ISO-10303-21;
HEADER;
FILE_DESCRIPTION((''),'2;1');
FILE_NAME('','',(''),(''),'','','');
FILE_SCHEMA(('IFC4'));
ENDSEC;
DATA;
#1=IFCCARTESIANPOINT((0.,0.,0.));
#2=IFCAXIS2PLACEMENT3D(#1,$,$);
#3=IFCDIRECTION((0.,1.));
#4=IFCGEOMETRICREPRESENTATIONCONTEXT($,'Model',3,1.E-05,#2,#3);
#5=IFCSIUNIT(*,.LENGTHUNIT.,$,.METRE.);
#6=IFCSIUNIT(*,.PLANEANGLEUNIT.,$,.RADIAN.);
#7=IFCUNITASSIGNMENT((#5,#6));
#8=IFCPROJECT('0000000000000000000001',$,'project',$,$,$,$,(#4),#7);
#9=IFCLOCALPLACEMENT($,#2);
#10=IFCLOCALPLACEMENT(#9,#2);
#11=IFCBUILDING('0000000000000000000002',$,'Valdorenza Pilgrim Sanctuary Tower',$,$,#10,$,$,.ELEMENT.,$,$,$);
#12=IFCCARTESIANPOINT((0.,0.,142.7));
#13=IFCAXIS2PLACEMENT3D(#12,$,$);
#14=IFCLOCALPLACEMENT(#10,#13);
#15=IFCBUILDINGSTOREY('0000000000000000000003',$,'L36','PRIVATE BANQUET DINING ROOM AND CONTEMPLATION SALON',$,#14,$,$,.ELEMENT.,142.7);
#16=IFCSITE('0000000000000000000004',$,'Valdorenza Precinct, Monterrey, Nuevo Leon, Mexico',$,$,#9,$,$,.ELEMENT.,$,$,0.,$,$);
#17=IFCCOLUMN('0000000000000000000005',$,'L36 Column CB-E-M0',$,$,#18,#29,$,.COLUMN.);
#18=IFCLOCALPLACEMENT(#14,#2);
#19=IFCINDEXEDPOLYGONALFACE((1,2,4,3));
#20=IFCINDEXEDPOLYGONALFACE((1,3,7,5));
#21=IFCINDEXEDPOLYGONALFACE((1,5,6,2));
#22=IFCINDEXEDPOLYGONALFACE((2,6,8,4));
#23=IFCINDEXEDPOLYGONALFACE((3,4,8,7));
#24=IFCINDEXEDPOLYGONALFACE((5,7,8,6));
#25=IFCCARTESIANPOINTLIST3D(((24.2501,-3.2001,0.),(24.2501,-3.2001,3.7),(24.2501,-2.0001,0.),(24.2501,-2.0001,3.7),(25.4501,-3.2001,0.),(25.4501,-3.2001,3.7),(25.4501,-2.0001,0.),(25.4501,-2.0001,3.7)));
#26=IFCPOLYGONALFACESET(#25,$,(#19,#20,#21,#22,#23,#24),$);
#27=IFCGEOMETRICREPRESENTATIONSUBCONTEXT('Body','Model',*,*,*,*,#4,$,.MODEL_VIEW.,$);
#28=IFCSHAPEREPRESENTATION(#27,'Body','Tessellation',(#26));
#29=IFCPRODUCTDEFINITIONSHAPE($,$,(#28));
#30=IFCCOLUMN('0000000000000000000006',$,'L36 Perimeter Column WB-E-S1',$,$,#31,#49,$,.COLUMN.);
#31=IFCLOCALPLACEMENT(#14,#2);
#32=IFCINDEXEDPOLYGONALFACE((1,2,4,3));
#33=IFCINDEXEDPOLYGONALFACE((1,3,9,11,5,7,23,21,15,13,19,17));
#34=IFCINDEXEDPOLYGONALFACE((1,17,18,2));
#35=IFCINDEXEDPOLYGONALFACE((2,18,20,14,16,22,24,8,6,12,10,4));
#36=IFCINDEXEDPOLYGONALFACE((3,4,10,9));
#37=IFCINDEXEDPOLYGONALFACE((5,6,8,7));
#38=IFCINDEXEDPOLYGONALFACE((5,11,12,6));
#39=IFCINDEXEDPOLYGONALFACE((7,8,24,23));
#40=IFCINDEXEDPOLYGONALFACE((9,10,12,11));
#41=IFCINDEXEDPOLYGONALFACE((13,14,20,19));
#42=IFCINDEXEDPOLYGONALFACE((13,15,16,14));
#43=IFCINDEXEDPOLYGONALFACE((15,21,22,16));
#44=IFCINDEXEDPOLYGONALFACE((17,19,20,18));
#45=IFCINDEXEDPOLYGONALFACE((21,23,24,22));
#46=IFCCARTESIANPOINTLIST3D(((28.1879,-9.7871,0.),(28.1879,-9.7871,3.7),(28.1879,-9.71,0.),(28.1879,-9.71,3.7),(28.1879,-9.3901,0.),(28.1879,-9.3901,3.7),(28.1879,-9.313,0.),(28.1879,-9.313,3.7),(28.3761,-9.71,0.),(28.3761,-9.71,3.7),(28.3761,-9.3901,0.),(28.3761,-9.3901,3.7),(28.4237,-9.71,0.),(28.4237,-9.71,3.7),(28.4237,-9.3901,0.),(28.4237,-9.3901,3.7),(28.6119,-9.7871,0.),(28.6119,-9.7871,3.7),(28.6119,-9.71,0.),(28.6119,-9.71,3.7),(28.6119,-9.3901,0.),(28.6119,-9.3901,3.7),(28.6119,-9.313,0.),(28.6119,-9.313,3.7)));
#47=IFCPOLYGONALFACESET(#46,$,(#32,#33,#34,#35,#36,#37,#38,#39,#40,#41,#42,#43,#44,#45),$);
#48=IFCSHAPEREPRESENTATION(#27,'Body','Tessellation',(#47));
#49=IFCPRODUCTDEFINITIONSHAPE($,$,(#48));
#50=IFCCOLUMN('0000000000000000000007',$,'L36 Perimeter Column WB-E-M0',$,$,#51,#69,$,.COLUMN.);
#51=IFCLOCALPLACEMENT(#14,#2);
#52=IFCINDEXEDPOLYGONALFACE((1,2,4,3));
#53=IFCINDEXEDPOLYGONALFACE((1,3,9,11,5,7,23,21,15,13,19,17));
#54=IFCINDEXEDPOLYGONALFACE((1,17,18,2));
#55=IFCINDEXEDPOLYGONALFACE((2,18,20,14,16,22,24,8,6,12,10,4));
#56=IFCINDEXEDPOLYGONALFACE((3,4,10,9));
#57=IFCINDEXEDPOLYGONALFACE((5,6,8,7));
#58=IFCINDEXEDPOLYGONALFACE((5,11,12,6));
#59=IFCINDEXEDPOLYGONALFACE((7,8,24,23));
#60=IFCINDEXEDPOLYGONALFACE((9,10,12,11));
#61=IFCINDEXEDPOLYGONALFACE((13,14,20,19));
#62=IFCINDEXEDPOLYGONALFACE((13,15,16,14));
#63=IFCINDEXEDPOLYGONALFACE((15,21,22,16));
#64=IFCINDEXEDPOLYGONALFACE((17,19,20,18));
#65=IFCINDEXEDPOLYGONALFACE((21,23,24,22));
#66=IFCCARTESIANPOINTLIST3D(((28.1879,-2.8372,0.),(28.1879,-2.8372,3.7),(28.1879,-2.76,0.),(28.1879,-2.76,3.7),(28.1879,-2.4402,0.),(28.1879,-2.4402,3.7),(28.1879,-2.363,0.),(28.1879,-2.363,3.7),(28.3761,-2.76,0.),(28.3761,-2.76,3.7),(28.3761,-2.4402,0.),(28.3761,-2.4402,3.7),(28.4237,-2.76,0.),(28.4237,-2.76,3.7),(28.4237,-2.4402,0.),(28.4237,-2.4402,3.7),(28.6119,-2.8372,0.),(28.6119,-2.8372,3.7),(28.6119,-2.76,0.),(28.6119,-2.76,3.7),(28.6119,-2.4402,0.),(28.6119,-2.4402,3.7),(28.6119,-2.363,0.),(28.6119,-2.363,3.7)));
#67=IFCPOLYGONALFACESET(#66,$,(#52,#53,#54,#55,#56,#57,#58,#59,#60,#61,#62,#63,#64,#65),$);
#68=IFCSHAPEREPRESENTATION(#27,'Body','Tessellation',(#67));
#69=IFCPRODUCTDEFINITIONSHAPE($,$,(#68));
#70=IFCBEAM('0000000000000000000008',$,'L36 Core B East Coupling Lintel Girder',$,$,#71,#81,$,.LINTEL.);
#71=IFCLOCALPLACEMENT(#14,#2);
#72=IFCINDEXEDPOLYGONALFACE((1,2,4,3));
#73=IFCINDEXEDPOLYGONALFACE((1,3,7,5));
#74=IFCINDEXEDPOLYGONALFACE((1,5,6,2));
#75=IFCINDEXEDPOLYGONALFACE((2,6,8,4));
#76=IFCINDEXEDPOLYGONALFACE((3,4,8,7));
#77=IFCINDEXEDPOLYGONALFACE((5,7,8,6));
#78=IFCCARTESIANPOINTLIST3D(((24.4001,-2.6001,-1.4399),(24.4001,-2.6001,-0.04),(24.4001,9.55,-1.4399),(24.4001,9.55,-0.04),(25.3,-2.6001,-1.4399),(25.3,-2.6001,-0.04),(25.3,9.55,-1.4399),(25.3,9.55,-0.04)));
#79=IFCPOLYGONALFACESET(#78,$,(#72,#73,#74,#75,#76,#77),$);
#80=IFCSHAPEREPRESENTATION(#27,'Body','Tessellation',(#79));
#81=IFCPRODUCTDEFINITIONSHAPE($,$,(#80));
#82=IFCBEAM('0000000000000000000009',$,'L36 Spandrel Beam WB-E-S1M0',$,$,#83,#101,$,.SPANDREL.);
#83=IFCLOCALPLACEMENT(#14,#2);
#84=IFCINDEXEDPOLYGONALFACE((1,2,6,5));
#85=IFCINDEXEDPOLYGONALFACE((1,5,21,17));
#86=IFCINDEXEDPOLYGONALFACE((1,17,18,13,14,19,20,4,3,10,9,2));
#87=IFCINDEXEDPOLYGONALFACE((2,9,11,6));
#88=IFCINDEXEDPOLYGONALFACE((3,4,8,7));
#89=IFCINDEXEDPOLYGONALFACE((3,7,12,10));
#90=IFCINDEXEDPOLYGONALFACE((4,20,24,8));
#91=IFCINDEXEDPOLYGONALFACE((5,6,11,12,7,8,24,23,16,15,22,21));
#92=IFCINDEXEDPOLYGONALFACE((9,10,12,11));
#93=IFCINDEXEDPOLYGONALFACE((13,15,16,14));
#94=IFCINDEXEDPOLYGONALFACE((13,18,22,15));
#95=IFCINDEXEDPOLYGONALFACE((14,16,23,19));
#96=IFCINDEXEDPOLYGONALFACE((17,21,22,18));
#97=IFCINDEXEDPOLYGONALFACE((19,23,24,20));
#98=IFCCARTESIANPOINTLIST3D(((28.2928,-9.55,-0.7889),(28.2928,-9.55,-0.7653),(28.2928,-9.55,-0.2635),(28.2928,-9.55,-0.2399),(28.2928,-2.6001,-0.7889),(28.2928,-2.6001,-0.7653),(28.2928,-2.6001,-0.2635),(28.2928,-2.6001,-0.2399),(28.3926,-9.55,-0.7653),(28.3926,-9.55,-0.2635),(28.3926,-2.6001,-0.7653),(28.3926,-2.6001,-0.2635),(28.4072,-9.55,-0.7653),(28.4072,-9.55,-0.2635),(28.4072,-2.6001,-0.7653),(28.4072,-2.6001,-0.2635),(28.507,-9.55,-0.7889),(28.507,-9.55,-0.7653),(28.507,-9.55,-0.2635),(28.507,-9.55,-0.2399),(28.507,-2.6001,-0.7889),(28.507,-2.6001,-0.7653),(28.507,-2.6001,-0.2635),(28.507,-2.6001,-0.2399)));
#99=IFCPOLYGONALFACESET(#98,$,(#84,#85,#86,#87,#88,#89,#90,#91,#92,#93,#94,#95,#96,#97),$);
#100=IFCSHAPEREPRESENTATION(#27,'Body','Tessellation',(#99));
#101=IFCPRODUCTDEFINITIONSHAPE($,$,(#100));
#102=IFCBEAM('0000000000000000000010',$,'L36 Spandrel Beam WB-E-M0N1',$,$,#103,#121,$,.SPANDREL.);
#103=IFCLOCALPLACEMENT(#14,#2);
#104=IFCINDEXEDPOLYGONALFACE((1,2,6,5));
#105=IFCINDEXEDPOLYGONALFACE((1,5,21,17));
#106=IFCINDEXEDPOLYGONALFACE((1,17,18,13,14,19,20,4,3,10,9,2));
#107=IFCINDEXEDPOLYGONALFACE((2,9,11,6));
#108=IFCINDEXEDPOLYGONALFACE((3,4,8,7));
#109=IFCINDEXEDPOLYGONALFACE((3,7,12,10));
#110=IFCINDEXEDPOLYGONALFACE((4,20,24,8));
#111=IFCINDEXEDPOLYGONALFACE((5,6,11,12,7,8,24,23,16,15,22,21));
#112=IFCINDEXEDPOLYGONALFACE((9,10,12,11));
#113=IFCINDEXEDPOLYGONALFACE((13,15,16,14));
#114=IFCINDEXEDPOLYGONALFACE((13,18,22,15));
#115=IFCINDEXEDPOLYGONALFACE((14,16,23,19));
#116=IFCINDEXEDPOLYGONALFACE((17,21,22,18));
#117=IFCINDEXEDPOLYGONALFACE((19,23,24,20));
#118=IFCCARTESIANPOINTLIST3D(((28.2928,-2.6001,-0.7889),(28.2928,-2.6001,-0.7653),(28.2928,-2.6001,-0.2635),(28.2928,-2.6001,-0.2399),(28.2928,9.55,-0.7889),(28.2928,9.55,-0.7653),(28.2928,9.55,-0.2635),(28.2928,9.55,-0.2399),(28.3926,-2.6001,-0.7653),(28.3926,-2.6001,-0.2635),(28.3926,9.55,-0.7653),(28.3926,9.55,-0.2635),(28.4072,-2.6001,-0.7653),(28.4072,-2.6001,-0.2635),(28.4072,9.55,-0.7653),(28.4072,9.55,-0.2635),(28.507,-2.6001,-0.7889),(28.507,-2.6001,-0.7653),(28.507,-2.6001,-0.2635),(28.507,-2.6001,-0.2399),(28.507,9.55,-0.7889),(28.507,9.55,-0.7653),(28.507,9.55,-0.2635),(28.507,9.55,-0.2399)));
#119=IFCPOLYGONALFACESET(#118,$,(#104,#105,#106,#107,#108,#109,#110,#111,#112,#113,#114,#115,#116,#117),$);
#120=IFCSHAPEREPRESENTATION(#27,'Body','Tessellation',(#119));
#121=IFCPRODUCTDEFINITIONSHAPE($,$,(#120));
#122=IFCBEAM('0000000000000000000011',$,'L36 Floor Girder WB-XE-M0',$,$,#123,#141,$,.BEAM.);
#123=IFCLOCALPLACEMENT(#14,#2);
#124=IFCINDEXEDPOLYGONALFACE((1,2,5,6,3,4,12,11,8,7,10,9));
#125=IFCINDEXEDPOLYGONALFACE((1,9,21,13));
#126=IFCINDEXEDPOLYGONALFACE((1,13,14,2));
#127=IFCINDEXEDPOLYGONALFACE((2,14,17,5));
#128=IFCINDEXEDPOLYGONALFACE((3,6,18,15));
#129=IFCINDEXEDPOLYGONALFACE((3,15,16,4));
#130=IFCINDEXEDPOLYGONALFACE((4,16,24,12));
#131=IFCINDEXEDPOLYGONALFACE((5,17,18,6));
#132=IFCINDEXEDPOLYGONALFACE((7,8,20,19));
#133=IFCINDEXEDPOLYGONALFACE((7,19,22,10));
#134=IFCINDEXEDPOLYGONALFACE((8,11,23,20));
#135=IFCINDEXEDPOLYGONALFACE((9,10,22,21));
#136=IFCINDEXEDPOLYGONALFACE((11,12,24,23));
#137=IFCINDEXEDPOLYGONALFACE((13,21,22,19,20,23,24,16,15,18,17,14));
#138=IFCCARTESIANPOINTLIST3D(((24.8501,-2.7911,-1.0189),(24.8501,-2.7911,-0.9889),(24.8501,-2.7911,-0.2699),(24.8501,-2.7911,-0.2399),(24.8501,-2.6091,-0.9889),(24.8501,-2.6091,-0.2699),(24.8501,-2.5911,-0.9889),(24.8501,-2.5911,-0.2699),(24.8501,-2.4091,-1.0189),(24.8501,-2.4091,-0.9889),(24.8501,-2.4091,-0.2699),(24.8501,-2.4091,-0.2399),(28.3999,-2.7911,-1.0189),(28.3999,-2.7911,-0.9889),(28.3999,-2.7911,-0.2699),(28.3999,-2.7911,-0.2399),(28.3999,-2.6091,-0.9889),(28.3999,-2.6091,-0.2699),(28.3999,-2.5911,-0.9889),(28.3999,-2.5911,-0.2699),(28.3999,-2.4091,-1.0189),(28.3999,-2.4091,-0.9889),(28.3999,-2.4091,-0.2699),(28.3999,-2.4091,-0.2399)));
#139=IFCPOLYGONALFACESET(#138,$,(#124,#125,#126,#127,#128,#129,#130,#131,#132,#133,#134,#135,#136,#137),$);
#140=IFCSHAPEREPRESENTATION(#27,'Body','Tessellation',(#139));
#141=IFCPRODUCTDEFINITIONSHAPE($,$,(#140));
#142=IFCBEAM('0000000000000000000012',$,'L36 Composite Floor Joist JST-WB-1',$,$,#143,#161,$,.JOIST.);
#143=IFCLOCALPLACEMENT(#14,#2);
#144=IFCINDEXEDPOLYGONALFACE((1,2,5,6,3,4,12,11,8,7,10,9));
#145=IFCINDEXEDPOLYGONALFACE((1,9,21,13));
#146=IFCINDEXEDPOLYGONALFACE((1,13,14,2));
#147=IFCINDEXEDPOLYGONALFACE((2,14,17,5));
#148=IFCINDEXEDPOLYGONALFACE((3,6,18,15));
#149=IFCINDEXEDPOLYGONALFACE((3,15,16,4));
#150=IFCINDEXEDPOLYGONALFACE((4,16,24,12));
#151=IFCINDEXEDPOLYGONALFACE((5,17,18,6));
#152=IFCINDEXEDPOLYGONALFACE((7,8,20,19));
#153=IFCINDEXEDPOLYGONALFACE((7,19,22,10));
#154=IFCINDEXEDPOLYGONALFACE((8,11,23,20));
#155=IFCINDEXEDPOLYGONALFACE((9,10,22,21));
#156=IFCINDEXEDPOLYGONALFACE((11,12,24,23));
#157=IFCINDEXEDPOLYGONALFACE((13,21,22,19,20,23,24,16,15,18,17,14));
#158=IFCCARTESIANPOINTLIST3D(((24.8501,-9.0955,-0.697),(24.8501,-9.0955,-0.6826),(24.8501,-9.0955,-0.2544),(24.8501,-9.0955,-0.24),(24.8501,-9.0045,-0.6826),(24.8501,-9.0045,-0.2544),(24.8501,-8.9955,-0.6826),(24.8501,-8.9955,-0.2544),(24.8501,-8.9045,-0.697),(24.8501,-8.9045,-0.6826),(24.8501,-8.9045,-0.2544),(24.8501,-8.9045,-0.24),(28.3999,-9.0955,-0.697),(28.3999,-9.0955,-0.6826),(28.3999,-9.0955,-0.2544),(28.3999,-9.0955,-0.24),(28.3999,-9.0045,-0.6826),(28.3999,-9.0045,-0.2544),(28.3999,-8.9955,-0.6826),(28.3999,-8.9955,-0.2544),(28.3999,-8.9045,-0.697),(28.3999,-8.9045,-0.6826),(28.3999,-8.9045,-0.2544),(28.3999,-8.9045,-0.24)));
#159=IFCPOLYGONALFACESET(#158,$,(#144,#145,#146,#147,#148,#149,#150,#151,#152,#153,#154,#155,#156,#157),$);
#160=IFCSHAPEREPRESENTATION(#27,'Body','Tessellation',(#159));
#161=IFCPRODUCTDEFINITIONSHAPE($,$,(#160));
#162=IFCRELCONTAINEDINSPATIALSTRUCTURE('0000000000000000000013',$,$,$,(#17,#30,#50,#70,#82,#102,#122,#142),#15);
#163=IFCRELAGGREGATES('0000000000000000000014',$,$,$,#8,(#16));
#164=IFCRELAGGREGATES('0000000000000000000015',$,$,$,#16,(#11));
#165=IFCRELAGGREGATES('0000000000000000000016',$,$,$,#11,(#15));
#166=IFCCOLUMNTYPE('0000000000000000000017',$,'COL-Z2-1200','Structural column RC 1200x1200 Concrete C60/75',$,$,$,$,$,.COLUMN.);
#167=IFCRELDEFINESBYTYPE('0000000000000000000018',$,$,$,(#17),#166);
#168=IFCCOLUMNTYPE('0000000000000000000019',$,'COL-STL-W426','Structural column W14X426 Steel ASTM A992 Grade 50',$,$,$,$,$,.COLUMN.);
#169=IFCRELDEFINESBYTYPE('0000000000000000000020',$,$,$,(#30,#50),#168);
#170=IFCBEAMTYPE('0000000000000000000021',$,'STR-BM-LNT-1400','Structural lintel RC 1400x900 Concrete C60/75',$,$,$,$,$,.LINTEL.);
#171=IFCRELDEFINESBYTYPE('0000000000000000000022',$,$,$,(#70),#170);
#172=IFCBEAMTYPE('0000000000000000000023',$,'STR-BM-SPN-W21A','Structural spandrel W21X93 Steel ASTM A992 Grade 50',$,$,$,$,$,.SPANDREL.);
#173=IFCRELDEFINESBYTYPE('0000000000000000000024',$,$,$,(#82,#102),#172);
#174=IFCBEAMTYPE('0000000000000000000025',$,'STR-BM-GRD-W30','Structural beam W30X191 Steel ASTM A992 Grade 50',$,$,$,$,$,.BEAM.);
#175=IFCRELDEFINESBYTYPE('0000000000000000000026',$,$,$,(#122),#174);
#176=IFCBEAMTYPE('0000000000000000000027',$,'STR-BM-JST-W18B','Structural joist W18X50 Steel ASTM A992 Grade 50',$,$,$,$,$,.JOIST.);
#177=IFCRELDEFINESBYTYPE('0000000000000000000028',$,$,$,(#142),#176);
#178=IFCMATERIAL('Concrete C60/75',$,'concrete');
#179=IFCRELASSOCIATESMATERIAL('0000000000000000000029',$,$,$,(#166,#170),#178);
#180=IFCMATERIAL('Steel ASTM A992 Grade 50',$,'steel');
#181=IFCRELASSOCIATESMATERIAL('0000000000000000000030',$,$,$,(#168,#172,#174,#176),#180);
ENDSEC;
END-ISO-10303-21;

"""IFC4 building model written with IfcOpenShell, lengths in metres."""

from ifc_helpers import new_model, si_unit, direction, frame, origin, origin_2d, place, context, subcontext, project, spatial, rectangle, i_section, extrude, source, transform, mapped, material, material_profile, profile_set, type_object, element, save


model = new_model("IFC4")

# Units and contexts
model_context = context("Model", 3, precision=1e-05, world=origin(), true_north=direction((0.0, 1.0)))
body_context = subcontext(model_context, "Body", "Model", "MODEL_VIEW")
ifc_project = project(units=[si_unit("LENGTHUNIT", "METRE"), si_unit("PLANEANGLEUNIT", "RADIAN")], contexts=[model_context])

# Site, building, storey
site_placement = place(None, origin())
site = spatial("IfcSite", under=ifc_project, at=site_placement, Name="Valdorenza Precinct, Monterrey, Nuevo Leon, Mexico", CompositionType="ELEMENT", RefElevation=0.0)
building_placement = place(site_placement, origin())
building = spatial("IfcBuilding", under=site, at=building_placement, Name="Valdorenza Pilgrim Sanctuary Tower", CompositionType="ELEMENT")
storey_placement = place(building_placement, frame((0.0, 0.0, 142.7)))
storey = spatial("IfcBuildingStorey", under=building, at=storey_placement, Name="L36", Description="PRIVATE BANQUET DINING ROOM AND CONTEMPLATION SALON", CompositionType="ELEMENT", Elevation=142.7)

# Columns
ifc_material_1 = material(Name="Concrete C60/75", Category="concrete")
ifc_material_profile_1 = material_profile(ifc_material_1, rectangle(XDim=1.2, YDim=1.2, at=origin_2d()), Name="RC 1200x1200")
ifc_profile_set_1 = profile_set([ifc_material_profile_1], Name="Concrete C60/75")
column_type_1 = type_object("IfcColumnType", Name="COL-Z2-1200", Description="Structural column RC 1200x1200 Concrete C60/75", PredefinedType="COLUMN", material=ifc_profile_set_1)
shared_shape_1 = source(origin(), body_context, "Body", "SweptSolid", [
    extrude(rectangle(XDim=1.2, YDim=1.2, at=origin_2d()), origin(), (0.0, 0.0, 1.0), 3.7),
])
column_placement = place(storey_placement, frame((24.8501, -2.6001, 0.0), z_axis=(0.0, 0.0, 1.0), x_axis=(1.0, 0.0, 0.0)))
element("IfcColumn", 1, at=column_placement, inside=storey, type_object=column_type_1, Name="L36 Column CB-E-M0", PredefinedType="COLUMN", context=body_context, shape_type="MappedRepresentation", body=[
    mapped(shared_shape_1, transform((0.0, 0.0, 0.0), x_axis=(1.0, 0.0, 0.0), y_axis=(0.0, 1.0, 0.0), z_axis=(0.0, 0.0, 1.0), scale=1.0)),
])
ifc_material_2 = material(Name="Steel ASTM A992 Grade 50", Category="steel")
ifc_material_profile_2 = material_profile(ifc_material_2, i_section(OverallWidth=0.4241, OverallDepth=0.4741, WebThickness=0.0476, FlangeThickness=0.0771, at=origin_2d()), Name="W14X426")
ifc_profile_set_2 = profile_set([ifc_material_profile_2], Name="Steel ASTM A992 Grade 50")
column_type_2 = type_object("IfcColumnType", Name="COL-STL-W426", Description="Structural column W14X426 Steel ASTM A992 Grade 50", PredefinedType="COLUMN", material=ifc_profile_set_2)
shared_shape_2 = source(origin(), body_context, "Body", "SweptSolid", [
    extrude(i_section(OverallWidth=0.4241, OverallDepth=0.4741, WebThickness=0.0476, FlangeThickness=0.0771, at=origin_2d()), origin(), (0.0, 0.0, 1.0), 3.7),
])
for number, where, z_axis, x_axis, name in (
    (2, (28.3999, -9.55, 0.0), (0.0, 0.0, 1.0), (1.0, 0.0, 0.0), "L36 Perimeter Column WB-E-S1"),
    (3, (28.3999, -2.6001, 0.0), (0.0, 0.0, 1.0), (1.0, 0.0, 0.0), "L36 Perimeter Column WB-E-M0"),
):
    element("IfcColumn", number, at=place(storey_placement, frame(where, z_axis=z_axis, x_axis=x_axis)), inside=storey, type_object=column_type_2, Name=name, PredefinedType="COLUMN", context=body_context, shape_type="MappedRepresentation", body=[
        mapped(shared_shape_2, transform((0.0, 0.0, 0.0), x_axis=(1.0, 0.0, 0.0), y_axis=(0.0, 1.0, 0.0), z_axis=(0.0, 0.0, 1.0), scale=1.0)),
    ])

# Beams
ifc_material_profile_3 = material_profile(ifc_material_1, rectangle(XDim=0.8999, YDim=1.3999, at=origin_2d()), Name="RC 1400x900")
ifc_profile_set_3 = profile_set([ifc_material_profile_3], Name="Concrete C60/75")
beam_type_1 = type_object("IfcBeamType", Name="STR-BM-LNT-1400", Description="Structural lintel RC 1400x900 Concrete C60/75", PredefinedType="LINTEL", material=ifc_profile_set_3)
shared_shape_3 = source(origin(), body_context, "Body", "SweptSolid", [
    extrude(rectangle(XDim=0.8999, YDim=1.3999, at=origin_2d()), origin(), (0.0, 0.0, 1.0), 12.1501),
])
beam_1_placement = place(storey_placement, frame((24.8501, -2.6001, -0.74), z_axis=(0.0, 1.0, 0.0), x_axis=(-1.0, 0.0, 0.0)))
element("IfcBeam", 4, at=beam_1_placement, inside=storey, type_object=beam_type_1, Name="L36 Core B East Coupling Lintel Girder", PredefinedType="LINTEL", context=body_context, shape_type="MappedRepresentation", body=[
    mapped(shared_shape_3, transform((0.0, 0.0, 0.0), x_axis=(1.0, 0.0, 0.0), y_axis=(0.0, 1.0, 0.0), z_axis=(0.0, 0.0, 1.0), scale=1.0)),
])
ifc_material_profile_4 = material_profile(ifc_material_2, i_section(OverallWidth=0.2141, OverallDepth=0.5491, WebThickness=0.0146, FlangeThickness=0.0237, at=origin_2d()), Name="W21X93")
ifc_profile_set_4 = profile_set([ifc_material_profile_4], Name="Steel ASTM A992 Grade 50")
beam_type_2 = type_object("IfcBeamType", Name="STR-BM-SPN-W21A", Description="Structural spandrel W21X93 Steel ASTM A992 Grade 50", PredefinedType="SPANDREL", material=ifc_profile_set_4)
shared_shape_4 = source(origin(), body_context, "Body", "SweptSolid", [
    extrude(i_section(OverallWidth=0.2141, OverallDepth=0.5491, WebThickness=0.0146, FlangeThickness=0.0237, at=origin_2d()), origin(), (0.0, 0.0, 1.0), 6.95),
])
beam_2_placement = place(storey_placement, frame((28.3999, -9.55, -0.5144), z_axis=(0.0, 1.0, 0.0), x_axis=(-1.0, 0.0, 0.0)))
element("IfcBeam", 5, at=beam_2_placement, inside=storey, type_object=beam_type_2, Name="L36 Spandrel Beam WB-E-S1M0", PredefinedType="SPANDREL", context=body_context, shape_type="MappedRepresentation", body=[
    mapped(shared_shape_4, transform((0.0, 0.0, 0.0), x_axis=(1.0, 0.0, 0.0), y_axis=(0.0, 1.0, 0.0), z_axis=(0.0, 0.0, 1.0), scale=1.0)),
])
shared_shape_5 = source(origin(), body_context, "Body", "SweptSolid", [
    extrude(i_section(OverallWidth=0.2141, OverallDepth=0.5491, WebThickness=0.0146, FlangeThickness=0.0237, at=origin_2d()), origin(), (0.0, 0.0, 1.0), 12.1501),
])
beam_3_placement = place(storey_placement, frame((28.3999, -2.6001, -0.5144), z_axis=(0.0, 1.0, 0.0), x_axis=(-1.0, 0.0, 0.0)))
element("IfcBeam", 6, at=beam_3_placement, inside=storey, type_object=beam_type_2, Name="L36 Spandrel Beam WB-E-M0N1", PredefinedType="SPANDREL", context=body_context, shape_type="MappedRepresentation", body=[
    mapped(shared_shape_5, transform((0.0, 0.0, 0.0), x_axis=(1.0, 0.0, 0.0), y_axis=(0.0, 1.0, 0.0), z_axis=(0.0, 0.0, 1.0), scale=1.0)),
])
ifc_material_profile_5 = material_profile(ifc_material_2, i_section(OverallWidth=0.3821, OverallDepth=0.7791, WebThickness=0.0181, FlangeThickness=0.03, at=origin_2d()), Name="W30X191")
ifc_profile_set_5 = profile_set([ifc_material_profile_5], Name="Steel ASTM A992 Grade 50")
beam_type_3 = type_object("IfcBeamType", Name="STR-BM-GRD-W30", Description="Structural beam W30X191 Steel ASTM A992 Grade 50", PredefinedType="BEAM", material=ifc_profile_set_5)
shared_shape_6 = source(origin(), body_context, "Body", "SweptSolid", [
    extrude(i_section(OverallWidth=0.3821, OverallDepth=0.7791, WebThickness=0.0181, FlangeThickness=0.03, at=origin_2d()), origin(), (0.0, 0.0, 1.0), 3.5498),
])
beam_4_placement = place(storey_placement, frame((24.8501, -2.6001, -0.6294), z_axis=(1.0, 0.0, 0.0), x_axis=(0.0, 1.0, 0.0)))
element("IfcBeam", 7, at=beam_4_placement, inside=storey, type_object=beam_type_3, Name="L36 Floor Girder WB-XE-M0", PredefinedType="BEAM", context=body_context, shape_type="MappedRepresentation", body=[
    mapped(shared_shape_6, transform((0.0, 0.0, 0.0), x_axis=(1.0, 0.0, 0.0), y_axis=(0.0, 1.0, 0.0), z_axis=(0.0, 0.0, 1.0), scale=1.0)),
])
ifc_material_profile_6 = material_profile(ifc_material_2, i_section(OverallWidth=0.1909, OverallDepth=0.457, WebThickness=0.009, FlangeThickness=0.0144, at=origin_2d()), Name="W18X50")
ifc_profile_set_6 = profile_set([ifc_material_profile_6], Name="Steel ASTM A992 Grade 50")
beam_type_4 = type_object("IfcBeamType", Name="STR-BM-JST-W18B", Description="Structural joist W18X50 Steel ASTM A992 Grade 50", PredefinedType="JOIST", material=ifc_profile_set_6)
shared_shape_7 = source(origin(), body_context, "Body", "SweptSolid", [
    extrude(i_section(OverallWidth=0.1909, OverallDepth=0.457, WebThickness=0.009, FlangeThickness=0.0144, at=origin_2d()), origin(), (0.0, 0.0, 1.0), 3.5498),
])
for number, where, z_axis, x_axis, name in (
    (8, (24.8501, -9.0, -0.4685), (1.0, 0.0, 0.0), (0.0, 1.0, 0.0), "L36 Composite Floor Joist JST-WB-1"),
):
    element("IfcBeam", number, at=place(storey_placement, frame(where, z_axis=z_axis, x_axis=x_axis)), inside=storey, type_object=beam_type_4, Name=name, PredefinedType="JOIST", context=body_context, shape_type="MappedRepresentation", body=[
        mapped(shared_shape_7, transform((0.0, 0.0, 0.0), x_axis=(1.0, 0.0, 0.0), y_axis=(0.0, 1.0, 0.0), z_axis=(0.0, 0.0, 1.0), scale=1.0)),
    ])

save(model, "model.ifc")
